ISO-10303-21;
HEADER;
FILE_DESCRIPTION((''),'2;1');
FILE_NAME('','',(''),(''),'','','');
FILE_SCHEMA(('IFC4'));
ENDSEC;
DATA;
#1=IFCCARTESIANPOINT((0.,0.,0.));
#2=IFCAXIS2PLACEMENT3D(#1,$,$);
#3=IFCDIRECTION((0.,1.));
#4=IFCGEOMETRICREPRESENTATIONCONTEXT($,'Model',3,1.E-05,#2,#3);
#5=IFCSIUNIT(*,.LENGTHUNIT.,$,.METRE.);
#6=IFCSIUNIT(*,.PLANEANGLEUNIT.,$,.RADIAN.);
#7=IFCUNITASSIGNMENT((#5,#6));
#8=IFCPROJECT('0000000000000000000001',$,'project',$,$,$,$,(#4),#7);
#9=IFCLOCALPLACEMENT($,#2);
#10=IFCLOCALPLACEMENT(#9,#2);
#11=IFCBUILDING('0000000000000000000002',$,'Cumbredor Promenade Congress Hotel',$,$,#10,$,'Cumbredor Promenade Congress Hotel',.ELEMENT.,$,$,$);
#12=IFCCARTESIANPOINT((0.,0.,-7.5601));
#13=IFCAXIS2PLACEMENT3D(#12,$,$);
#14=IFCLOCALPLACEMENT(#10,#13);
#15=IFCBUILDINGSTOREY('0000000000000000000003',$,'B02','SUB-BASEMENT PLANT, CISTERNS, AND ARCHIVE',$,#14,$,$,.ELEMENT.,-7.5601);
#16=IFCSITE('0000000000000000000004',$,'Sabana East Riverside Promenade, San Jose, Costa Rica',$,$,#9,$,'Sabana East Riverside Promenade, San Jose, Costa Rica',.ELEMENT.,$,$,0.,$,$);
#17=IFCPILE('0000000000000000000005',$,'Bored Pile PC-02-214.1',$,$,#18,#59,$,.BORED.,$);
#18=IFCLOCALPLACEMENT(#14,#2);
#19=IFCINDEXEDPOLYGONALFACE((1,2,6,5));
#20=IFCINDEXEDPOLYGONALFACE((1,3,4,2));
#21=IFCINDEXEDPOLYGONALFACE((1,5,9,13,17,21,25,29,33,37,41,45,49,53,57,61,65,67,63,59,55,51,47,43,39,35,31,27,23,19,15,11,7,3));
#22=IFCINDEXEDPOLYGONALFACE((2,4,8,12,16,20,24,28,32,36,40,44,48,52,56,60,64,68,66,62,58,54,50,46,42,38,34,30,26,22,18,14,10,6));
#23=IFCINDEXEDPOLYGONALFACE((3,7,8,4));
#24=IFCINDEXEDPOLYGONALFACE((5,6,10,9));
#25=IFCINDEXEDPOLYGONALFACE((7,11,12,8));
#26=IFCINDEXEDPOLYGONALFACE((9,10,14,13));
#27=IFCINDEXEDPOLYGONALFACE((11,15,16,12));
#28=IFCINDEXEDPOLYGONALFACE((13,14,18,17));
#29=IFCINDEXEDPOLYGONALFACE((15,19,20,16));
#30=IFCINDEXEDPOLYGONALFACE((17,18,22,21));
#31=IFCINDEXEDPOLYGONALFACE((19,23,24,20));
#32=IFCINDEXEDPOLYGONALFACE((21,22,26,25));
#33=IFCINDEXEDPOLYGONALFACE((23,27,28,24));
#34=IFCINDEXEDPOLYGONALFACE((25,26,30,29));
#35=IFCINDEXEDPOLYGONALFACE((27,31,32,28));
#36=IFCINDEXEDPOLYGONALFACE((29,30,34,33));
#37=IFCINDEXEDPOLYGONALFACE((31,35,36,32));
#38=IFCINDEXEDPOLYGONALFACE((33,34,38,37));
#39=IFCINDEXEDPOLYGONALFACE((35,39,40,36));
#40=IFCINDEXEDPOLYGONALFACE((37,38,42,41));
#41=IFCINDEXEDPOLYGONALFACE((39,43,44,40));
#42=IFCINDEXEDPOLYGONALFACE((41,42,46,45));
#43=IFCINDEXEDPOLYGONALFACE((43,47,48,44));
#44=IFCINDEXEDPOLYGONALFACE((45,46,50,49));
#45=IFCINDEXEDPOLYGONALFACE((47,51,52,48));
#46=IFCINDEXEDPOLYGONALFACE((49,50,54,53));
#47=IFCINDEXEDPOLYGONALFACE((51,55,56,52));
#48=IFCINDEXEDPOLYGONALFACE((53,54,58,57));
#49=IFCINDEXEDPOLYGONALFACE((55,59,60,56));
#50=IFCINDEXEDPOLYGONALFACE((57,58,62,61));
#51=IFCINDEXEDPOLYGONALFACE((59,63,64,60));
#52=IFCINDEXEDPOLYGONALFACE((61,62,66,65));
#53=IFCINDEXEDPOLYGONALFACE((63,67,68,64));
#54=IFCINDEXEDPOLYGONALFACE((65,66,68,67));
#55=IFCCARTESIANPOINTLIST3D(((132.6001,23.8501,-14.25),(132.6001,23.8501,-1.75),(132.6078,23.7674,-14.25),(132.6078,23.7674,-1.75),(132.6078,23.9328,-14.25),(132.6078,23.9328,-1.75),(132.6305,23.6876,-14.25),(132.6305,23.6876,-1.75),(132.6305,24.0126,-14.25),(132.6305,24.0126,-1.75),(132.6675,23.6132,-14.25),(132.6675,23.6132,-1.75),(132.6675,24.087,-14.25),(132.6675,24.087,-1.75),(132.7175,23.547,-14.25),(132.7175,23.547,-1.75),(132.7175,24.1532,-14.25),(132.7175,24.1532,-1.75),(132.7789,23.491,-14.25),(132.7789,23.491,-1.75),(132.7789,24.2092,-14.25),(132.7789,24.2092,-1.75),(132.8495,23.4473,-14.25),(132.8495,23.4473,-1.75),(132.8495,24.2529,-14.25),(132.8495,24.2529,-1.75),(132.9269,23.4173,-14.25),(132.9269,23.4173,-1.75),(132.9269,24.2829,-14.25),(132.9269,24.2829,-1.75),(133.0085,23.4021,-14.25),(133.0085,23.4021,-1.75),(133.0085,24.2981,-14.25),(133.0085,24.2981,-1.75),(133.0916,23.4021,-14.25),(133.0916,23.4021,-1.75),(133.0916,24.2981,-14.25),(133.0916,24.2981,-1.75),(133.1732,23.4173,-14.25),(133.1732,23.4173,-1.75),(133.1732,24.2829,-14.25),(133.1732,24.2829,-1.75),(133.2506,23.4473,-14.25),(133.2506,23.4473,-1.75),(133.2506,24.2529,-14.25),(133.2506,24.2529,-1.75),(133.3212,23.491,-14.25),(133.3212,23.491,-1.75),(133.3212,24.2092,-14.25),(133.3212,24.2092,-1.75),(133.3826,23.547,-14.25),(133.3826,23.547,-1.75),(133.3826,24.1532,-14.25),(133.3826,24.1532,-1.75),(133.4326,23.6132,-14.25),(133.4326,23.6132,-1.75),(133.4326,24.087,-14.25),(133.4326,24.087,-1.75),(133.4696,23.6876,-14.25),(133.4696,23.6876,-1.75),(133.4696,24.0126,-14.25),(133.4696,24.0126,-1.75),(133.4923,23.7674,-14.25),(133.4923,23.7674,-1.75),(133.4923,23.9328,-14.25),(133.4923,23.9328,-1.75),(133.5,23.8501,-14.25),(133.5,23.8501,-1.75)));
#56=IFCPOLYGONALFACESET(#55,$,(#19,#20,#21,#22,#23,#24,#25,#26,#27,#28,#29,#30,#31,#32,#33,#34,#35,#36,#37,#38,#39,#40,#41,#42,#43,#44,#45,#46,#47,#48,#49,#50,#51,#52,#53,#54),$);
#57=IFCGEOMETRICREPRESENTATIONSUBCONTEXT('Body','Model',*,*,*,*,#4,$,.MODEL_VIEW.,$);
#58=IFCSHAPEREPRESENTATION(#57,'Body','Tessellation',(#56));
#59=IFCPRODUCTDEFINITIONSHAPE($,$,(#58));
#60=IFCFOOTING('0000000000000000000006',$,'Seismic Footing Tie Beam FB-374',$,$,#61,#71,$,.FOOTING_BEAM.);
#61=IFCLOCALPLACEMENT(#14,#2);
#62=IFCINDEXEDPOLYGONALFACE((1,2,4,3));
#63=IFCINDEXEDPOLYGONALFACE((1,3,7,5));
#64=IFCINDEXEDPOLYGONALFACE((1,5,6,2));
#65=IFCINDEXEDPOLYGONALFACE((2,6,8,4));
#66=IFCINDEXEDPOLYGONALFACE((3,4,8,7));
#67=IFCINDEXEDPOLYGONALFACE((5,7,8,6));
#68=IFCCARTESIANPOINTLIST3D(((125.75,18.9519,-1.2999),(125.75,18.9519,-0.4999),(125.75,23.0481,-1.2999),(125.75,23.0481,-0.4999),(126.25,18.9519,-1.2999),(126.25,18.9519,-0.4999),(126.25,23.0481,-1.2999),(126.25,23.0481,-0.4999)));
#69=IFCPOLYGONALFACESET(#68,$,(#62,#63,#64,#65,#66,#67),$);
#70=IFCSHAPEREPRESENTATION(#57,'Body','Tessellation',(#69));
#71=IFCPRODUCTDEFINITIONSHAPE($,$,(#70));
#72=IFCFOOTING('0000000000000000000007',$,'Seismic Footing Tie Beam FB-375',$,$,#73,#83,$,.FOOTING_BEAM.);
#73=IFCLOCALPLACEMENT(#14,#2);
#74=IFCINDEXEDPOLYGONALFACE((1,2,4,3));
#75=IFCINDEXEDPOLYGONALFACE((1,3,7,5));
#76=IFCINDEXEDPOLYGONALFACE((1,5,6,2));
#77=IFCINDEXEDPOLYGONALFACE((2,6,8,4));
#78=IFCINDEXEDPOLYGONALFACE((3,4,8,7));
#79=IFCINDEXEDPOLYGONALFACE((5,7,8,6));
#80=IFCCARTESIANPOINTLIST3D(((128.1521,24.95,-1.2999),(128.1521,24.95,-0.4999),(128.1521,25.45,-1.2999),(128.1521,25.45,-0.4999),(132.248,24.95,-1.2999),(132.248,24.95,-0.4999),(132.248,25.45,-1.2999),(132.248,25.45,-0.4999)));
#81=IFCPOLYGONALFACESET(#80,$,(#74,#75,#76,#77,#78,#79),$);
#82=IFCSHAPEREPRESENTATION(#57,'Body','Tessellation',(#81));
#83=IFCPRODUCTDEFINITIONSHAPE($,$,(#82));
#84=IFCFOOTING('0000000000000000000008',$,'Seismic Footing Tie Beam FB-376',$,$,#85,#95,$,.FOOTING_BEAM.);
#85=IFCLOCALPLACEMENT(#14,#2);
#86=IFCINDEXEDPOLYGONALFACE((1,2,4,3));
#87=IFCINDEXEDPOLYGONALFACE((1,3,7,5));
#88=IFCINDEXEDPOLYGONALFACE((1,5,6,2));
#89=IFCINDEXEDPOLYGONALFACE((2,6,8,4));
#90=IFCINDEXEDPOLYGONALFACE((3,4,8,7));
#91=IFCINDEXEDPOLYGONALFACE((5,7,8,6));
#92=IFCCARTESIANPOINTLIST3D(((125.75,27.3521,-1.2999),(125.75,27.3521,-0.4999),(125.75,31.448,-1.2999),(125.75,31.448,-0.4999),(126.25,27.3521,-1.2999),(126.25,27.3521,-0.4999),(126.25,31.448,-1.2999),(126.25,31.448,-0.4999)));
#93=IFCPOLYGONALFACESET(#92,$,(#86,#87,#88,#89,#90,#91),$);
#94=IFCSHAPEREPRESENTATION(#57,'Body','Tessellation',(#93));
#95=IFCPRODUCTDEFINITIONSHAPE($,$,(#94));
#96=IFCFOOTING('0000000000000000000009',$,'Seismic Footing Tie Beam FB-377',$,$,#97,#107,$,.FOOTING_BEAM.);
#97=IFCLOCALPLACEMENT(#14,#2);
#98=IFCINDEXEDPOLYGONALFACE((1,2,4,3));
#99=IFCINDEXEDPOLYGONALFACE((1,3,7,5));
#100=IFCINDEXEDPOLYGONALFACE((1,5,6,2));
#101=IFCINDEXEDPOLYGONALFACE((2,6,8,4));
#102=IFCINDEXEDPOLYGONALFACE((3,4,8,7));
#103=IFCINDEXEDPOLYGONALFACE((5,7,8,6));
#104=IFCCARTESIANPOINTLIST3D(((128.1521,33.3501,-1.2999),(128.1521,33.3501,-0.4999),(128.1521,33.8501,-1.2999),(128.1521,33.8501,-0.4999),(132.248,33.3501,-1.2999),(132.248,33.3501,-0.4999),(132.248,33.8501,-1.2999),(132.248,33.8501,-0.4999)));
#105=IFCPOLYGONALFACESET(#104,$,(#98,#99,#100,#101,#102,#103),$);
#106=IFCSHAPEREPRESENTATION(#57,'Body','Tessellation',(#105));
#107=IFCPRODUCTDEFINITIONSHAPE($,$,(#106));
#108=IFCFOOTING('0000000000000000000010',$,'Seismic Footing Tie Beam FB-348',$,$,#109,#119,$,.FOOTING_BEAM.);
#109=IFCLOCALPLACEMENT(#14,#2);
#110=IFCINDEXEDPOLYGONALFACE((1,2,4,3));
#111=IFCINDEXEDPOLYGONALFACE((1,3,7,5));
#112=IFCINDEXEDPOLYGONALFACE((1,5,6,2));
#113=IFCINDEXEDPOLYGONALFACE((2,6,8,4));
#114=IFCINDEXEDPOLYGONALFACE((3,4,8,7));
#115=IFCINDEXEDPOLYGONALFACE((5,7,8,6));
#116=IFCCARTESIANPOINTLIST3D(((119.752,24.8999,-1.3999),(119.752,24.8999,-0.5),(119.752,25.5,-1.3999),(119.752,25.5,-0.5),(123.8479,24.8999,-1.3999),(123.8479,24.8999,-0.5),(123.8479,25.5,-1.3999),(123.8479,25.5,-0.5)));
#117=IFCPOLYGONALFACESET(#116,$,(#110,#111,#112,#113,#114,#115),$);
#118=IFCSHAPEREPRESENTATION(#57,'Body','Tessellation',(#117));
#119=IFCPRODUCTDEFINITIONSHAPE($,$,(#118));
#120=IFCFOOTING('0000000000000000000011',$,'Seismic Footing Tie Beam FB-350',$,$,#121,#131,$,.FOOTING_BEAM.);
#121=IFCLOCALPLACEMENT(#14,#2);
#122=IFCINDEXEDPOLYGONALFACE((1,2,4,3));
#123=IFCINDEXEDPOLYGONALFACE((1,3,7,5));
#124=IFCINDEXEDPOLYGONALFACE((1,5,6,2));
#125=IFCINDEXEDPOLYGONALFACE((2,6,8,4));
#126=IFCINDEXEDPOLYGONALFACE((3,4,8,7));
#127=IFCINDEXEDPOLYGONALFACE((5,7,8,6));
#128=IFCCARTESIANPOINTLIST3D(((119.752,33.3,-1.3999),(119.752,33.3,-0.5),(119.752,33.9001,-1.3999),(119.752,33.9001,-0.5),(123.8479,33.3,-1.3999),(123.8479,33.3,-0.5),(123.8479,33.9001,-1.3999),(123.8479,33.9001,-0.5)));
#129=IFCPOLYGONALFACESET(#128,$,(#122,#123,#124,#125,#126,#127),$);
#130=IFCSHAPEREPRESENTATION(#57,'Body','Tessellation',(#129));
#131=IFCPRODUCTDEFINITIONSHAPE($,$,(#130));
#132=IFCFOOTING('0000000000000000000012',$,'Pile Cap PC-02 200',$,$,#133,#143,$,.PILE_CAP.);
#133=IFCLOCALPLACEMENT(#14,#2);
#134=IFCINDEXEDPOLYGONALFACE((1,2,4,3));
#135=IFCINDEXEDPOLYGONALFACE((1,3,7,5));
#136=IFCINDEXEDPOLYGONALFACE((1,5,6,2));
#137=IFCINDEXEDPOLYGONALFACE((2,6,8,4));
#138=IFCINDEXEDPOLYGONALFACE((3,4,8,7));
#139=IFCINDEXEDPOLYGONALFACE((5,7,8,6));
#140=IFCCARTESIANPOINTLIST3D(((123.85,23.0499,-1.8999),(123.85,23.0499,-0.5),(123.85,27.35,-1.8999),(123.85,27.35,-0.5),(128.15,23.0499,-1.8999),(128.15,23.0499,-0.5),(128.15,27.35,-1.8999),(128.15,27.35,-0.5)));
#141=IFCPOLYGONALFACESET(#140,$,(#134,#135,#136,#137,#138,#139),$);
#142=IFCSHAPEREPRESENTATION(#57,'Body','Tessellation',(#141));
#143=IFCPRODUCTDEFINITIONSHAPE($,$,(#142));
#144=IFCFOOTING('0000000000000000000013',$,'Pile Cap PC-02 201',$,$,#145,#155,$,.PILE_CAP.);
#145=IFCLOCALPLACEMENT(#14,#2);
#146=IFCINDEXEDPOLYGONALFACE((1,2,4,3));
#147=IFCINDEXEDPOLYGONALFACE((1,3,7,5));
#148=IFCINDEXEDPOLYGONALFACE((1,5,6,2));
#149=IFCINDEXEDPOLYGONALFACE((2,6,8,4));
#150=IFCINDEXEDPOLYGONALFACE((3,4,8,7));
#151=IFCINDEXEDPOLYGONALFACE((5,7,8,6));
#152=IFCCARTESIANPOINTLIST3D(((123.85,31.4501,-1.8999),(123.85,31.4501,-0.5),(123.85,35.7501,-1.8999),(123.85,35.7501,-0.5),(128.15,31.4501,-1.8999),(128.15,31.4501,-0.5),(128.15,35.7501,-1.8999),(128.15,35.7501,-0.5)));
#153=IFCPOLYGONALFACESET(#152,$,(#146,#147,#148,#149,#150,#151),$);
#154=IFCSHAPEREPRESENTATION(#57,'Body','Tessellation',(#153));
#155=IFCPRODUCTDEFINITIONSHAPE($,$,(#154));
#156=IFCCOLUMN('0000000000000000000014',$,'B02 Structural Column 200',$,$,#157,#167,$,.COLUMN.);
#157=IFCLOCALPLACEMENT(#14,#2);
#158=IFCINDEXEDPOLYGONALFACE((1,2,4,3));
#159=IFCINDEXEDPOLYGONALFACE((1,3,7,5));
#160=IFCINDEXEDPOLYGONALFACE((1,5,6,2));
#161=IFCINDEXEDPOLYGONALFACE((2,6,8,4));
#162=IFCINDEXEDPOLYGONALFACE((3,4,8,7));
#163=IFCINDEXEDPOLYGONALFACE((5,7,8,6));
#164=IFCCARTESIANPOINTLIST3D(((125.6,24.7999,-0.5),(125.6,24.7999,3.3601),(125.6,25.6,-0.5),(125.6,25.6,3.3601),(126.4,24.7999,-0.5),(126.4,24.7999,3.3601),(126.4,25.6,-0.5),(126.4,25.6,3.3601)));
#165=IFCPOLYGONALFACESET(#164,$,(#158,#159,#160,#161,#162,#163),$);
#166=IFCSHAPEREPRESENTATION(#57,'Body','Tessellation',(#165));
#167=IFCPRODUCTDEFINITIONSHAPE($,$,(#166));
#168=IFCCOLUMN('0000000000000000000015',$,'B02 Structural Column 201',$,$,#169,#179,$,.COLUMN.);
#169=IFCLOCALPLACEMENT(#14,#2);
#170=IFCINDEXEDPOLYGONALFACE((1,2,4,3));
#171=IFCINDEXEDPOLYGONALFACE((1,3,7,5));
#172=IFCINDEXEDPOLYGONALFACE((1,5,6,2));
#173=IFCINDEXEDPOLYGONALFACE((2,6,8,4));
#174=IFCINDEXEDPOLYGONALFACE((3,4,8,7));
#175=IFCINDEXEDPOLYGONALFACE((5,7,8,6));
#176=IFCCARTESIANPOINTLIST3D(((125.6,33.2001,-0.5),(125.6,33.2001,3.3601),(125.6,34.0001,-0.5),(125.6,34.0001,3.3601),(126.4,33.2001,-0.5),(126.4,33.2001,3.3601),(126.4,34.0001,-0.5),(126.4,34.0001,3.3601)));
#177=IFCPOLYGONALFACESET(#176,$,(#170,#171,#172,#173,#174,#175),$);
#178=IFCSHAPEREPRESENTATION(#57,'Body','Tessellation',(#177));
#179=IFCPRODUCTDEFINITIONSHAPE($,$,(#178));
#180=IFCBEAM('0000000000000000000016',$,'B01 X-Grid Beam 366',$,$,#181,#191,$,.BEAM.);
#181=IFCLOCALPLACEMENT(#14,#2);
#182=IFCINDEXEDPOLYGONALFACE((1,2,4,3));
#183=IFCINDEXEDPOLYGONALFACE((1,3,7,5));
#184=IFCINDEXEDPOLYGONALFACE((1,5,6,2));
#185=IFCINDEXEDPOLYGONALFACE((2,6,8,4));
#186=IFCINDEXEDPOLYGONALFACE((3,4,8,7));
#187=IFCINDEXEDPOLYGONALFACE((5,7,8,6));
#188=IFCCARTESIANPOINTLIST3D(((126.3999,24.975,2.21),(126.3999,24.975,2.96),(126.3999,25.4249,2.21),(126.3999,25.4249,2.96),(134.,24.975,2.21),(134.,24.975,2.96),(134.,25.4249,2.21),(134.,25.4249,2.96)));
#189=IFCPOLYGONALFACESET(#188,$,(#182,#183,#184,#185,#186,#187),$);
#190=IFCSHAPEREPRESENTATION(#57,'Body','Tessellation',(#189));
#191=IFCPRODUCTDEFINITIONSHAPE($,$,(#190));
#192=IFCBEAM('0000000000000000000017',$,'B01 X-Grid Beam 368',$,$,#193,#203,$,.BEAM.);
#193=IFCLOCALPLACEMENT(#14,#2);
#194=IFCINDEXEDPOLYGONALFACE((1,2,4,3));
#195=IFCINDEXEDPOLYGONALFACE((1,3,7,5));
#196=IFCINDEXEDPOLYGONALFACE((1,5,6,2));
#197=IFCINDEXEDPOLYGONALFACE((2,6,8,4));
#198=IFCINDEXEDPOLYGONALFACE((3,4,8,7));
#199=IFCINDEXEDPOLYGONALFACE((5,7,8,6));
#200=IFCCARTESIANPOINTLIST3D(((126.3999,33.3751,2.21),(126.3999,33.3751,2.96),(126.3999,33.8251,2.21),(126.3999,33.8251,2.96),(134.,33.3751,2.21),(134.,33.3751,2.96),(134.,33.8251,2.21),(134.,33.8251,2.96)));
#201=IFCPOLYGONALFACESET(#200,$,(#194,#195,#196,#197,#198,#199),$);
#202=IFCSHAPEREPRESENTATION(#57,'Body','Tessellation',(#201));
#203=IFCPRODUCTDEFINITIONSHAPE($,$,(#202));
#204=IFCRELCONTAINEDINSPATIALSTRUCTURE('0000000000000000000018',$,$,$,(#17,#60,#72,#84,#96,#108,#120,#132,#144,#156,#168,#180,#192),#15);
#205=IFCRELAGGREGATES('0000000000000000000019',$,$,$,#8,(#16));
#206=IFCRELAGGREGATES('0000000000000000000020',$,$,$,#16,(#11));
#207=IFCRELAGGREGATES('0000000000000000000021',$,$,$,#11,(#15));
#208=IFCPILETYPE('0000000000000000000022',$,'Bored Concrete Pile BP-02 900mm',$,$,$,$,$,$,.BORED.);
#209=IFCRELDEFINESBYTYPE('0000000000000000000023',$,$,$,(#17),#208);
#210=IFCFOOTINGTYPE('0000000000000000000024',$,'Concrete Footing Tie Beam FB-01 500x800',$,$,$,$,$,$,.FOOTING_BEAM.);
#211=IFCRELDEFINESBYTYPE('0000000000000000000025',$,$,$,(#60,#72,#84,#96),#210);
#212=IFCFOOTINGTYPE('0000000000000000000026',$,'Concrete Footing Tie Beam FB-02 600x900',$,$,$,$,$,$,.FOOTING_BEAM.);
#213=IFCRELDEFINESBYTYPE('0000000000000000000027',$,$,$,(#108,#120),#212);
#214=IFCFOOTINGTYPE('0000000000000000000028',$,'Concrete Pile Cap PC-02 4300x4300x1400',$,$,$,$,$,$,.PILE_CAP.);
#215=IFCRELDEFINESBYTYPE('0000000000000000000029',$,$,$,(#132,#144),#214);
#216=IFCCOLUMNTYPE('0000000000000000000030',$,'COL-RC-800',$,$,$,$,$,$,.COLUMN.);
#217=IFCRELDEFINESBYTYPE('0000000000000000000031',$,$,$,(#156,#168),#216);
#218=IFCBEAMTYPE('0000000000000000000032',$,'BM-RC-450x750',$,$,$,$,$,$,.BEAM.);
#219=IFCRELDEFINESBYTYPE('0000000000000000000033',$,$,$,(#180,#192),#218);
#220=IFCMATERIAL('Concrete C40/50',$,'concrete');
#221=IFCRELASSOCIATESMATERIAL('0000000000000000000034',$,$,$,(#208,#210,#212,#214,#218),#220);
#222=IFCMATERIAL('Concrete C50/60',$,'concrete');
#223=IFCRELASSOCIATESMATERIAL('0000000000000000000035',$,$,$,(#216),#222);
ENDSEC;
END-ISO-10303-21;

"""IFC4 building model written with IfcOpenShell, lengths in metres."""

from ifc_helpers import new_model, si_unit, direction, frame, origin, origin_2d, place, context, subcontext, project, spatial, rectangle, circle, extrude, material, material_profile, profile_set, type_object, element, save


model = new_model("IFC4")

# Units and contexts
model_context = context("Model", 3, precision=1e-05, world=origin(), true_north=direction((0.0, 1.0)))
body_context = subcontext(model_context, "Body", "Model", "MODEL_VIEW")
ifc_project = project(units=[si_unit("LENGTHUNIT", "METRE"), si_unit("PLANEANGLEUNIT", "RADIAN")], contexts=[model_context])

# Site, building, storey
site_placement = place(None, origin())
site = spatial("IfcSite", under=ifc_project, at=site_placement, Name="Sabana East Riverside Promenade, San Jose, Costa Rica", LongName="Sabana East Riverside Promenade, San Jose, Costa Rica", CompositionType="ELEMENT", RefElevation=0.0)
building_placement = place(site_placement, origin())
building = spatial("IfcBuilding", under=site, at=building_placement, Name="Cumbredor Promenade Congress Hotel", LongName="Cumbredor Promenade Congress Hotel", CompositionType="ELEMENT")
storey_placement = place(building_placement, frame((0.0, 0.0, -7.5601)))
storey = spatial("IfcBuildingStorey", under=building, at=storey_placement, Name="B02", Description="SUB-BASEMENT PLANT, CISTERNS, AND ARCHIVE", CompositionType="ELEMENT", Elevation=-7.5601)

# Pile
ifc_material_1 = material(Name="Concrete C40/50", Category="concrete")
ifc_material_profile_1 = material_profile(ifc_material_1, circle(Radius=0.45, at=origin_2d()), Name="PILE D900")
ifc_profile_set_1 = profile_set([ifc_material_profile_1], Name="Concrete C40/50")
pile_type = type_object("IfcPileType", Name="Bored Concrete Pile BP-02 900mm", PredefinedType="BORED", material=ifc_profile_set_1)
for number, where, z_axis, x_axis, name in (
    (1, (133.05, 23.8501, -1.75), (0.0, 0.0, -1.0), (1.0, 0.0, 0.0), "Bored Pile PC-02-214.1"),
):
    element("IfcPile", number, at=place(storey_placement, frame(where, z_axis=z_axis, x_axis=x_axis)), inside=storey, type_object=pile_type, Name=name, PredefinedType="BORED", context=body_context, shape_type="SweptSolid", body=[
        extrude(circle(Radius=0.45, at=origin_2d()), origin(), (0.0, 0.0, 1.0), 12.5),
    ])

# Footings
ifc_material_profile_2 = material_profile(ifc_material_1, rectangle(XDim=0.5, YDim=0.8, at=origin_2d()), Name="FB 500x800")
ifc_profile_set_2 = profile_set([ifc_material_profile_2], Name="Concrete C40/50")
footing_type_1 = type_object("IfcFootingType", Name="Concrete Footing Tie Beam FB-01 500x800", PredefinedType="FOOTING_BEAM", material=ifc_profile_set_2)
footing_placement = place(storey_placement, frame((126.0, 18.9519, -0.8999), z_axis=(0.0, 1.0, 0.0), x_axis=(-1.0, 0.0, 0.0)))
element("IfcFooting", 2, at=footing_placement, inside=storey, type_object=footing_type_1, Name="Seismic Footing Tie Beam FB-374", PredefinedType="FOOTING_BEAM", context=body_context, shape_type="SweptSolid", body=[
    extrude(rectangle(XDim=0.5, YDim=0.8, at=origin_2d()), origin(), (0.0, 0.0, 1.0), 4.0962),
])
for number, where, z_axis, x_axis, name in (
    (3, (128.1521, 25.2, -0.8999), (1.0, 0.0, 0.0), (0.0, 1.0, 0.0), "Seismic Footing Tie Beam FB-375"),
    (4, (126.0, 27.3521, -0.8999), (0.0, 1.0, 0.0), (-1.0, 0.0, 0.0), "Seismic Footing Tie Beam FB-376"),
    (5, (128.1521, 33.6001, -0.8999), (1.0, 0.0, 0.0), (0.0, 1.0, 0.0), "Seismic Footing Tie Beam FB-377"),
):
    element("IfcFooting", number, at=place(storey_placement, frame(where, z_axis=z_axis, x_axis=x_axis)), inside=storey, type_object=footing_type_1, Name=name, PredefinedType="FOOTING_BEAM", context=body_context, shape_type="SweptSolid", body=[
        extrude(rectangle(XDim=0.5, YDim=0.8, at=origin_2d()), origin(), (0.0, 0.0, 1.0), 4.0959),
    ])
ifc_material_profile_3 = material_profile(ifc_material_1, rectangle(XDim=0.6001, YDim=0.8999, at=origin_2d()), Name="FB 600x900")
ifc_profile_set_3 = profile_set([ifc_material_profile_3], Name="Concrete C40/50")
footing_type_2 = type_object("IfcFootingType", Name="Concrete Footing Tie Beam FB-02 600x900", PredefinedType="FOOTING_BEAM", material=ifc_profile_set_3)
for number, where, z_axis, x_axis, name in (
    (6, (119.752, 25.2, -0.95), (1.0, 0.0, 0.0), (0.0, 1.0, 0.0), "Seismic Footing Tie Beam FB-348"),
    (7, (119.752, 33.6001, -0.95), (1.0, 0.0, 0.0), (0.0, 1.0, 0.0), "Seismic Footing Tie Beam FB-350"),
):
    element("IfcFooting", number, at=place(storey_placement, frame(where, z_axis=z_axis, x_axis=x_axis)), inside=storey, type_object=footing_type_2, Name=name, PredefinedType="FOOTING_BEAM", context=body_context, shape_type="SweptSolid", body=[
        extrude(rectangle(XDim=0.6001, YDim=0.8999, at=origin_2d()), origin(), (0.0, 0.0, 1.0), 4.0959),
    ])
footing_type_3 = type_object("IfcFootingType", Name="Concrete Pile Cap PC-02 4300x4300x1400", PredefinedType="PILE_CAP", material=ifc_material_1)
for number, where, z_axis, x_axis, name in (
    (8, (126.0, 25.2, -1.8999), (0.0, 0.0, 1.0), (1.0, 0.0, 0.0), "Pile Cap PC-02 200"),
    (9, (126.0, 33.6001, -1.8999), (0.0, 0.0, 1.0), (1.0, 0.0, 0.0), "Pile Cap PC-02 201"),
):
    element("IfcFooting", number, at=place(storey_placement, frame(where, z_axis=z_axis, x_axis=x_axis)), inside=storey, type_object=footing_type_3, Name=name, PredefinedType="PILE_CAP", context=body_context, shape_type="SweptSolid", body=[
        extrude(rectangle(XDim=4.3, YDim=4.3, at=origin_2d()), origin(), (0.0, 0.0, 1.0), 1.3999),
    ])

# Columns
ifc_material_2 = material(Name="Concrete C50/60", Category="concrete")
ifc_material_profile_4 = material_profile(ifc_material_2, rectangle(XDim=0.8, YDim=0.8, at=origin_2d()), Name="RC 800x800")
ifc_profile_set_4 = profile_set([ifc_material_profile_4], Name="Concrete C50/60")
column_type = type_object("IfcColumnType", Name="COL-RC-800", PredefinedType="COLUMN", material=ifc_profile_set_4)
for number, where, z_axis, x_axis, name in (
    (10, (126.0, 25.2, -0.5), (0.0, 0.0, 1.0), (1.0, 0.0, 0.0), "B02 Structural Column 200"),
    (11, (126.0, 33.6001, -0.5), (0.0, 0.0, 1.0), (1.0, 0.0, 0.0), "B02 Structural Column 201"),
):
    element("IfcColumn", number, at=place(storey_placement, frame(where, z_axis=z_axis, x_axis=x_axis)), inside=storey, type_object=column_type, Name=name, PredefinedType="COLUMN", context=body_context, shape_type="SweptSolid", body=[
        extrude(rectangle(XDim=0.8, YDim=0.8, at=origin_2d()), origin(), (0.0, 0.0, 1.0), 3.8601),
    ])

# Beams
ifc_material_profile_5 = material_profile(ifc_material_1, rectangle(XDim=0.45, YDim=0.75, at=origin_2d()), Name="RC BEAM 450x750")
ifc_profile_set_5 = profile_set([ifc_material_profile_5], Name="Concrete C40/50")
beam_type_1 = type_object("IfcBeamType", Name="BM-RC-450x750", PredefinedType="BEAM", material=ifc_profile_set_5)
for number, where, z_axis, x_axis, name in (
    (12, (126.3999, 25.2, 2.585), (1.0, 0.0, 0.0), (0.0, 1.0, 0.0), "B01 X-Grid Beam 366"),
    (13, (126.3999, 33.6001, 2.585), (1.0, 0.0, 0.0), (0.0, 1.0, 0.0), "B01 X-Grid Beam 368"),
):
    element("IfcBeam", number, at=place(storey_placement, frame(where, z_axis=z_axis, x_axis=x_axis)), inside=storey, type_object=beam_type_1, Name=name, PredefinedType="BEAM", context=body_context, shape_type="SweptSolid", body=[
        extrude(rectangle(XDim=0.45, YDim=0.75, at=origin_2d()), origin(), (0.0, 0.0, 1.0), 7.6001),
    ])

save(model, "model.ifc")
